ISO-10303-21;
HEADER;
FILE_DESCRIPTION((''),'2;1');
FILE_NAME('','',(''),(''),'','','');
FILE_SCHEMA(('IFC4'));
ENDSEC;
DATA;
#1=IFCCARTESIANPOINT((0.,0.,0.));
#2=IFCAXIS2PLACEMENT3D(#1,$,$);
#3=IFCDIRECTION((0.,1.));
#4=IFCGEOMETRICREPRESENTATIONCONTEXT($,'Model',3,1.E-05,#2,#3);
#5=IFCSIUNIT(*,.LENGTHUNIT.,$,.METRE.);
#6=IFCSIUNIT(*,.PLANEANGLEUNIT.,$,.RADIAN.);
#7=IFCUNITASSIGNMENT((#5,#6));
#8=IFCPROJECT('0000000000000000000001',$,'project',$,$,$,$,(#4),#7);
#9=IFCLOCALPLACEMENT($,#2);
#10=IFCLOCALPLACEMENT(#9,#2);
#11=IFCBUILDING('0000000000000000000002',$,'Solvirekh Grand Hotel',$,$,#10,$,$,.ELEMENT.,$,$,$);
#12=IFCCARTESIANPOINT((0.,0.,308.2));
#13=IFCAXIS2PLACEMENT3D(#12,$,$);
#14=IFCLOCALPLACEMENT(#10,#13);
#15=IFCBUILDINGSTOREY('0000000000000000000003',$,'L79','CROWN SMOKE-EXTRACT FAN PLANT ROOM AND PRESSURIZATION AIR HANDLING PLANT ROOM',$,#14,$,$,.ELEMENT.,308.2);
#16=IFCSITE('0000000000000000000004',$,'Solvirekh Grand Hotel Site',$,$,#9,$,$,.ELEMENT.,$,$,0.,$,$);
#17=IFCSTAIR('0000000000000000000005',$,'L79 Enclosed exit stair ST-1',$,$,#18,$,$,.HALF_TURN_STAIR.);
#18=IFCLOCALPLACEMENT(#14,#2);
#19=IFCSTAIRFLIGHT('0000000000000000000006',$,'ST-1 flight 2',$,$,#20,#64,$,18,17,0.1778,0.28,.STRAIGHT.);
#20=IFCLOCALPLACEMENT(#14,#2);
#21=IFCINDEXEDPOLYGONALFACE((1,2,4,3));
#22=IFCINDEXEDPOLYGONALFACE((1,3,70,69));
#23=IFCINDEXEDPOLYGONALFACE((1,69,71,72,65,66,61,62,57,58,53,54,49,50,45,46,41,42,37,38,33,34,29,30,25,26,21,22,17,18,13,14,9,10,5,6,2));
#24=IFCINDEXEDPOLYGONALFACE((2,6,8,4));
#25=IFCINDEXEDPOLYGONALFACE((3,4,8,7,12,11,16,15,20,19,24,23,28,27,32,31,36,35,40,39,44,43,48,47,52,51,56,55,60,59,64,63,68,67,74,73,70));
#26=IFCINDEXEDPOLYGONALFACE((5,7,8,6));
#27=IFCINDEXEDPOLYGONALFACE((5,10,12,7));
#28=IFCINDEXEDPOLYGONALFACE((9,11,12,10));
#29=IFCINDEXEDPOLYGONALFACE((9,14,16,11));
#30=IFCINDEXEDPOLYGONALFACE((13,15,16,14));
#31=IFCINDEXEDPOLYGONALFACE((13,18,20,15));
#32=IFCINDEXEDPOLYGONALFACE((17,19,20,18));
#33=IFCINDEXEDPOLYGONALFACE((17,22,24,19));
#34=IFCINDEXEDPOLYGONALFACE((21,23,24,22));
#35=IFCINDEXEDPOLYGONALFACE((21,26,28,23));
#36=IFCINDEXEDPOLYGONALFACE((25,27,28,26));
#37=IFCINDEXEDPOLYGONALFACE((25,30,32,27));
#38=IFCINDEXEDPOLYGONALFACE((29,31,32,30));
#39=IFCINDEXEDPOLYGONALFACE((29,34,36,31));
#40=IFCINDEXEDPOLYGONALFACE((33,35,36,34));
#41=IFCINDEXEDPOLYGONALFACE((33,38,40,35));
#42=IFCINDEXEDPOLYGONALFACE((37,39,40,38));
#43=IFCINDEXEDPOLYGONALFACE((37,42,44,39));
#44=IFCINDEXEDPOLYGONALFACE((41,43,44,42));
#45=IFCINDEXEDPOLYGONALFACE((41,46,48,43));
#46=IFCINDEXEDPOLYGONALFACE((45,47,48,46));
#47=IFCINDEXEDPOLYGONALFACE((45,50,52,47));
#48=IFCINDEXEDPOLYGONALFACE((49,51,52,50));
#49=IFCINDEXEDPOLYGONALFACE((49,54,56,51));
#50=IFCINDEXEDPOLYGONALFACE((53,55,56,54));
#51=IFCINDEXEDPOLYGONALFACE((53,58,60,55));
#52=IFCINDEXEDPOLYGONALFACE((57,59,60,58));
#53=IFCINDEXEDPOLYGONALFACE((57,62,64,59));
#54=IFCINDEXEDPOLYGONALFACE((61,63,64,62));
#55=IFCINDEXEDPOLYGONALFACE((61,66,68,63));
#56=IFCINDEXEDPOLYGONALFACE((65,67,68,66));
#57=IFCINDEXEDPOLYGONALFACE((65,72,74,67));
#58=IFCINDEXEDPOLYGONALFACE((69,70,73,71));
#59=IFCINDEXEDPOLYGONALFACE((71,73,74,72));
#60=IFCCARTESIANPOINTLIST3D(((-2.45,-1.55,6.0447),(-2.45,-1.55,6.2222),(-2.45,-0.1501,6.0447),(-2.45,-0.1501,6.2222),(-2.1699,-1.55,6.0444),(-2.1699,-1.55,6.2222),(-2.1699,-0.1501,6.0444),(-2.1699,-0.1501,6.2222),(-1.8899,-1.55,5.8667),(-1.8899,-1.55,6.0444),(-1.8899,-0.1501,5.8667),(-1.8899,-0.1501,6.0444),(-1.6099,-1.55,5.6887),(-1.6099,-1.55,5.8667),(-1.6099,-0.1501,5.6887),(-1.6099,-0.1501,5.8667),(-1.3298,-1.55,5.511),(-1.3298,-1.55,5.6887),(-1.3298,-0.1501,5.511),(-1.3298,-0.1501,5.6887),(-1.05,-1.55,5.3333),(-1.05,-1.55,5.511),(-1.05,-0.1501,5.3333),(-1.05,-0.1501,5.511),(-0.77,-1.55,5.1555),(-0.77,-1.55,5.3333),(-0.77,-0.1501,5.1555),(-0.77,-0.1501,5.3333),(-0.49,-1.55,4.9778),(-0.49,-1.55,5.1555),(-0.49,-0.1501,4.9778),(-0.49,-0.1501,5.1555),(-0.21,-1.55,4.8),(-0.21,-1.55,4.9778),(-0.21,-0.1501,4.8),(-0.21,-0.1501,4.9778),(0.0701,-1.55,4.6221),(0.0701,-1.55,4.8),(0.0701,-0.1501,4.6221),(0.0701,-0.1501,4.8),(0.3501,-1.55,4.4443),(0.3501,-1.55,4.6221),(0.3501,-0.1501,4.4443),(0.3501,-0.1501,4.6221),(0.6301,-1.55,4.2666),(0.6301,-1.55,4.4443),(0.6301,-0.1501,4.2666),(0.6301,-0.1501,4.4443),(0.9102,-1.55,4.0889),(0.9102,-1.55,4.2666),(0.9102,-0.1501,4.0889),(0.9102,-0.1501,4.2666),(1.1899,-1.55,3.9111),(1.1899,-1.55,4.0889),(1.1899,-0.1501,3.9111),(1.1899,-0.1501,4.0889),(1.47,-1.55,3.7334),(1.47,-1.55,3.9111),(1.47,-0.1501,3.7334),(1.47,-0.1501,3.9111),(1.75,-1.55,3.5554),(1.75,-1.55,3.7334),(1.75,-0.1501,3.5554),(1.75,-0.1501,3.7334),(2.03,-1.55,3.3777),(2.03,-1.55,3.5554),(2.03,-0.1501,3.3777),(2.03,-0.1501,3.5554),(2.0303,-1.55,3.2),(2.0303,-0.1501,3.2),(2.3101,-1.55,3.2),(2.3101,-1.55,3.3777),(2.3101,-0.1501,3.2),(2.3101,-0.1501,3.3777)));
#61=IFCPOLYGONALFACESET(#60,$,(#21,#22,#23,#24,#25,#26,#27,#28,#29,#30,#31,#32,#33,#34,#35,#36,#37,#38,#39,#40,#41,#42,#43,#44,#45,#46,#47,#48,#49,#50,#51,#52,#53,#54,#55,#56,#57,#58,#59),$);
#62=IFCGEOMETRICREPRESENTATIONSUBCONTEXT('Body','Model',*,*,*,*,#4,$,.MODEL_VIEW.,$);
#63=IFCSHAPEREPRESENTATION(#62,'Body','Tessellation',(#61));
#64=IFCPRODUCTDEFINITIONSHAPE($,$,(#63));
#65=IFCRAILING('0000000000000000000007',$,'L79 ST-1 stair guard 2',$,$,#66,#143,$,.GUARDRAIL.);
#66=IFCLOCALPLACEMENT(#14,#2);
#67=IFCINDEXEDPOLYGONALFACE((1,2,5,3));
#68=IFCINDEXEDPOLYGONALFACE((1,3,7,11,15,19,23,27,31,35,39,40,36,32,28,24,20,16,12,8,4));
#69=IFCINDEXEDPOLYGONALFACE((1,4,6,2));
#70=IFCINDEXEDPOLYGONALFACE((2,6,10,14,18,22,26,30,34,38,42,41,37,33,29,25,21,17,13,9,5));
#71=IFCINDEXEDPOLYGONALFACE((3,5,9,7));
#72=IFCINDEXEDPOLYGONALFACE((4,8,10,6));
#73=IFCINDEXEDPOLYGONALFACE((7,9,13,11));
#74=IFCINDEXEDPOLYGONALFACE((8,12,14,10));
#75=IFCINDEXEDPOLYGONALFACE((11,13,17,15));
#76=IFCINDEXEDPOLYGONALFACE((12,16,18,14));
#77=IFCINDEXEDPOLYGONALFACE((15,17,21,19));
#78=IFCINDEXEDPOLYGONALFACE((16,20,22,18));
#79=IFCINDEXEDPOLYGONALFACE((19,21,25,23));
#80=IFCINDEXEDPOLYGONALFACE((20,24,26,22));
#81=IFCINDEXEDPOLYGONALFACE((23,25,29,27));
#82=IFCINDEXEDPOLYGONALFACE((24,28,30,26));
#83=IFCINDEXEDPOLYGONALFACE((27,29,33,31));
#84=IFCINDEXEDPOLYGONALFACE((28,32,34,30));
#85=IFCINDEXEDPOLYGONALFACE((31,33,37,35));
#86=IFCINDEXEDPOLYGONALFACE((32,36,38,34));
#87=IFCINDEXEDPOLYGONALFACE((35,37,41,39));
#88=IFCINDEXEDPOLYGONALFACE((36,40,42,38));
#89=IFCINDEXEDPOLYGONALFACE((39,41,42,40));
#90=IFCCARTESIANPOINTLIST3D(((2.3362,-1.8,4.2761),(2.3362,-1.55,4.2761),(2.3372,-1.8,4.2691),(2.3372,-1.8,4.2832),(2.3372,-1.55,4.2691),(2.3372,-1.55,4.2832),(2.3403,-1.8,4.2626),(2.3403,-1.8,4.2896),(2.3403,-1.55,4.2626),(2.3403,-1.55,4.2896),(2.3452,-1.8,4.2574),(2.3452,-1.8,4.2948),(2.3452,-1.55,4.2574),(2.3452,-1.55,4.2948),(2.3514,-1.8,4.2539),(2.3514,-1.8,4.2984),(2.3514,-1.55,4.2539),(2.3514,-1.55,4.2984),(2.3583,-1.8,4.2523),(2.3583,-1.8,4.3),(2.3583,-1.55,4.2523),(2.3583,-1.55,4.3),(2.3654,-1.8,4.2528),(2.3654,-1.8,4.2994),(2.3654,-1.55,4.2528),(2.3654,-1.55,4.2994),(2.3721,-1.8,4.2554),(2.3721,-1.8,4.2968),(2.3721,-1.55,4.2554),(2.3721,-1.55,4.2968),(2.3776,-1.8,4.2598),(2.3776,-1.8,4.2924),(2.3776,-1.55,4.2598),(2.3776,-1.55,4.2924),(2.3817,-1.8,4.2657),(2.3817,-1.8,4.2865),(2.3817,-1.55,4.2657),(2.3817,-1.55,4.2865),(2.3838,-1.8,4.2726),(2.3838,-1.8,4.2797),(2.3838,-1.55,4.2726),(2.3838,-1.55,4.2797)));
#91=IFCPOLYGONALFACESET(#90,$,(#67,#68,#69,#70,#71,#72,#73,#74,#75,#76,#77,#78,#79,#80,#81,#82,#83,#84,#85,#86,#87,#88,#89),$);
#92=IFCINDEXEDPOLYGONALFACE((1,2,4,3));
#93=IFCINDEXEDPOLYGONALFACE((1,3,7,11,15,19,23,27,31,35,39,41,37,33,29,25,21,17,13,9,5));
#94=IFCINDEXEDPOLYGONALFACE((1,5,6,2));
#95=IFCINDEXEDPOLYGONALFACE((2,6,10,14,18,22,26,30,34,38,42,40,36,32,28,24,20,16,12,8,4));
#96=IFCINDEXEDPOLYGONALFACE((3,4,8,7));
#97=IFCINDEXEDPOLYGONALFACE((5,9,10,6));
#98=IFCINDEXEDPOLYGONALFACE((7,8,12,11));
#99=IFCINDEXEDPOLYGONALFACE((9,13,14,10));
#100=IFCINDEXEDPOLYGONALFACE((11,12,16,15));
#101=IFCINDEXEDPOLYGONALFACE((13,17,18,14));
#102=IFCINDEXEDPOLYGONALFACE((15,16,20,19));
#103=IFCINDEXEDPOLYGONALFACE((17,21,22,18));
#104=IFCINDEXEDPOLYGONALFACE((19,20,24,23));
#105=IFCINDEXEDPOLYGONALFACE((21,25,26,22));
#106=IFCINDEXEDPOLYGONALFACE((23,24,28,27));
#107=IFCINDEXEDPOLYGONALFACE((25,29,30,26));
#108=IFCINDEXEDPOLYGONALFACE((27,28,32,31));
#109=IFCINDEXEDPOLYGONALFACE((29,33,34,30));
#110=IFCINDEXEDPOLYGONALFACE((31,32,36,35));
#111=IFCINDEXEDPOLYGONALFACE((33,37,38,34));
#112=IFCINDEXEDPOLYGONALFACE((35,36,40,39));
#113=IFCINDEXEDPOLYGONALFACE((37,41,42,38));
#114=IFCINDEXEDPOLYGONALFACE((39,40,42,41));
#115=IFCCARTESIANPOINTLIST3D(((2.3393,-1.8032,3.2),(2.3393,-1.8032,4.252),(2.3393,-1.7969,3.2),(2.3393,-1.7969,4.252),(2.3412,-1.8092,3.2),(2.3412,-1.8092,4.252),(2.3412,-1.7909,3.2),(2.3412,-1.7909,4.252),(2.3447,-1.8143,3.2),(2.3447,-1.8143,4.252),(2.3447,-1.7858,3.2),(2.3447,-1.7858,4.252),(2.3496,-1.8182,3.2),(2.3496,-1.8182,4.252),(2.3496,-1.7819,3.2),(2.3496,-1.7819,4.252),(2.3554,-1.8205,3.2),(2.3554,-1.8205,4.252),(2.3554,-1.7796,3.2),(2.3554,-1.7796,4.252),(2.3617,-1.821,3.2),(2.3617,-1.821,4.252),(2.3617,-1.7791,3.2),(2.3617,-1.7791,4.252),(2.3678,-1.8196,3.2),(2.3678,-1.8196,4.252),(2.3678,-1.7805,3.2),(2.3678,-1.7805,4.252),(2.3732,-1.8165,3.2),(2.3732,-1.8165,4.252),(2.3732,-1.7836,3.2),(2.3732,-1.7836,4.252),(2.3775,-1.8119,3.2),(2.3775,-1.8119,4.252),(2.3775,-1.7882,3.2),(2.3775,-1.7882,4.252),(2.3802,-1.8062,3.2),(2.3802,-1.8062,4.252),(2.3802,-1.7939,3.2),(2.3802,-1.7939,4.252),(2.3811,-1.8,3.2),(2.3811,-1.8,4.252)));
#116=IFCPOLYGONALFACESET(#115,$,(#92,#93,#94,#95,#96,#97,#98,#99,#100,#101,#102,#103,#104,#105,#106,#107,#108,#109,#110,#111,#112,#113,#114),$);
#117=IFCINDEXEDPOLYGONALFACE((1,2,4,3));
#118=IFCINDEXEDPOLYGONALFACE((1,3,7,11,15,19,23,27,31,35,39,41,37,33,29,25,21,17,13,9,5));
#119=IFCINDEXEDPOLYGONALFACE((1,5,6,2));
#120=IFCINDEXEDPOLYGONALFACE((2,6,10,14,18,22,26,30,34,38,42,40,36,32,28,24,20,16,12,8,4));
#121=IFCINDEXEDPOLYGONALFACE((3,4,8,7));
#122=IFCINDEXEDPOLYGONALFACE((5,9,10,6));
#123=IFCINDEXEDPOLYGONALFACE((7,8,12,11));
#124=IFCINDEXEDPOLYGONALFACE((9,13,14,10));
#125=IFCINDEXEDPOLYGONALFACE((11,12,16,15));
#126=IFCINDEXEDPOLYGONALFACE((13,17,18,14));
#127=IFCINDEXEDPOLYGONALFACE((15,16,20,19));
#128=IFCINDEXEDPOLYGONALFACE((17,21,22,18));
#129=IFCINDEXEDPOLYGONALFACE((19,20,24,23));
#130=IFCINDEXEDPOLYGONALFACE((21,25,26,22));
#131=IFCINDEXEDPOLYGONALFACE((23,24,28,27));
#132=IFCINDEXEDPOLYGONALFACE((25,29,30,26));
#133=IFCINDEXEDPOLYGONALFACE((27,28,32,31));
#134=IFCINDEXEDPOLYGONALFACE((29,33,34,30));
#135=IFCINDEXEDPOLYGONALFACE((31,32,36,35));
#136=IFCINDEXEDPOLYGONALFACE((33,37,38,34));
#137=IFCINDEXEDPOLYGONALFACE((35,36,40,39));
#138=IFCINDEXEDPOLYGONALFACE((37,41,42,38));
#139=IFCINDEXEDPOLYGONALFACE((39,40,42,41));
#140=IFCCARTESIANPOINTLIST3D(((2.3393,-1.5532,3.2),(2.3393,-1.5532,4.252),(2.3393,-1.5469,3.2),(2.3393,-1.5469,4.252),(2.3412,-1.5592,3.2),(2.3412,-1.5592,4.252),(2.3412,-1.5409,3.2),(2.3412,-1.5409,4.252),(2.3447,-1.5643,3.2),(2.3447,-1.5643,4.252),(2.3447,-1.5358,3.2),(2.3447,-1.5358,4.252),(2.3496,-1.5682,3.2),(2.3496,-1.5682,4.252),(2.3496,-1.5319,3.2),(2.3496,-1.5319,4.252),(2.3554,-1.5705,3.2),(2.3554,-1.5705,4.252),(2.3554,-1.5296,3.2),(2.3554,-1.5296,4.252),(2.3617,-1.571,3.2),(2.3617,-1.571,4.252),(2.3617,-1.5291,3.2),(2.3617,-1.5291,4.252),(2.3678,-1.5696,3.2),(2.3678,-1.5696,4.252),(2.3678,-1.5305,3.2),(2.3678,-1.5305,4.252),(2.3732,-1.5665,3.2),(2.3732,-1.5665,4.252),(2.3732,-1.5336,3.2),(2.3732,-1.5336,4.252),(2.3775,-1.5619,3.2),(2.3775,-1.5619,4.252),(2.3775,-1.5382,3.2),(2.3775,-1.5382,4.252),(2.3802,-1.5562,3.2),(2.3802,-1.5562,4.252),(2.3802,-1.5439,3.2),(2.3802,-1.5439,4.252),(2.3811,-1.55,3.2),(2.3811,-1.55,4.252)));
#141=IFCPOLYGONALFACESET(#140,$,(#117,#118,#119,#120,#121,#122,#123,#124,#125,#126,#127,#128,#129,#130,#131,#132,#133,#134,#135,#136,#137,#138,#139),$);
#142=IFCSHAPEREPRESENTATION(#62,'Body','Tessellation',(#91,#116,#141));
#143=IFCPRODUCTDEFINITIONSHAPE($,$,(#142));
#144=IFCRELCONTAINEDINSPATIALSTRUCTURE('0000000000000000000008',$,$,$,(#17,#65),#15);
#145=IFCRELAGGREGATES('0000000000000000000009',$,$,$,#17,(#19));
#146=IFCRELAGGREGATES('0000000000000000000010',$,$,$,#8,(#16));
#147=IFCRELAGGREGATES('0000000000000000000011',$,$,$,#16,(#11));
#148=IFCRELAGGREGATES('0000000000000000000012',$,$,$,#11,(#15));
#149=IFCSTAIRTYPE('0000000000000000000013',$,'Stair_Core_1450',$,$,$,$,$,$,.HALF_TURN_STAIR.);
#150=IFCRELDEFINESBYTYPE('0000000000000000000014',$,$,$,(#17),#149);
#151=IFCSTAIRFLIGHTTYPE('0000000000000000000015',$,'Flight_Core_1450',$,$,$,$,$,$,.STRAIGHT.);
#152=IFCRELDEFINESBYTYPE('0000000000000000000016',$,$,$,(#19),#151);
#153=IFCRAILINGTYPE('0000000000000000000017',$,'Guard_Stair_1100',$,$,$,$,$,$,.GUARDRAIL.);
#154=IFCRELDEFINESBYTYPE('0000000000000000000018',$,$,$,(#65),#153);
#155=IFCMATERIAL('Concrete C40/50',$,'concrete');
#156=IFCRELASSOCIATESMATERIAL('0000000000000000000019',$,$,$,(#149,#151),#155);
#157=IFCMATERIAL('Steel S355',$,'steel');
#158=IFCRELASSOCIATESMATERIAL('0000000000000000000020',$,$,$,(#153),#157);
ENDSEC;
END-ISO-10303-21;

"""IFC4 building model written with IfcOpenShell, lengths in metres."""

from ifc_helpers import new_model, si_unit, direction, frame, origin, origin_2d, place, context, subcontext, project, spatial, polyline, circle, outline, extrude, material, type_object, element, aggregate, save


model = new_model("IFC4")

# Units and contexts
model_context = context("Model", 3, precision=1e-05, world=origin(), true_north=direction((0.0, 1.0)))
body_context = subcontext(model_context, "Body", "Model", "MODEL_VIEW")
ifc_project = project(units=[si_unit("LENGTHUNIT", "METRE"), si_unit("PLANEANGLEUNIT", "RADIAN")], contexts=[model_context])

# Site, building, storey
site_placement = place(None, origin())
site = spatial("IfcSite", under=ifc_project, at=site_placement, Name="Solvirekh Grand Hotel Site", CompositionType="ELEMENT", RefElevation=0.0)
building_placement = place(site_placement, origin())
building = spatial("IfcBuilding", under=site, at=building_placement, Name="Solvirekh Grand Hotel", CompositionType="ELEMENT")
storey_placement = place(building_placement, frame((0.0, 0.0, 308.2)))
storey = spatial("IfcBuildingStorey", under=building, at=storey_placement, Name="L79", Description="CROWN SMOKE-EXTRACT FAN PLANT ROOM AND PRESSURIZATION AIR HANDLING PLANT ROOM", CompositionType="ELEMENT", Elevation=308.2)

# Shared definitions
ifc_material_1 = material(Name="Steel S355", Category="steel")

# Shared definitions
ifc_material_2 = material(Name="Concrete C40/50", Category="concrete")

# Stair, stair flight
stair_type = type_object("IfcStairType", Name="Stair_Core_1450", PredefinedType="HALF_TURN_STAIR", material=ifc_material_2)
stair_placement = place(storey_placement, origin())
stair = element("IfcStair", 1, at=stair_placement, inside=storey, type_object=stair_type, Name="L79 Enclosed exit stair ST-1", PredefinedType="HALF_TURN_STAIR")
stair_flight_type = type_object("IfcStairFlightType", Name="Flight_Core_1450", PredefinedType="STRAIGHT", material=ifc_material_2)
stair_flight_placement = place(storey_placement, frame((2.3101, -0.8501, 3.2), z_axis=(0.0, 0.0, 1.0), x_axis=(-1.0, 0.0, 0.0)))
stair_flight = element("IfcStairFlight", 2, at=stair_flight_placement, type_object=stair_flight_type, Name="ST-1 flight 2", NumberOfRisers=18, NumberOfTreads=17, PredefinedType="STRAIGHT", RiserHeight=0.1778, TreadLength=0.28, context=body_context, shape_type="SweptSolid", body=[
    extrude(outline(polyline([(0.0, 0.0), (0.0, 0.1777), (0.28, 0.1777), (0.28, 0.3555), (0.5601, 0.3555), (0.5601, 0.5334), (0.8401, 0.5334), (0.8401, 0.7112), (1.1201, 0.7112), (1.1201, 0.8889), (1.3999, 0.8889), (1.3999, 1.0667), (1.6799, 1.0667), (1.6799, 1.2444), (1.96, 1.2444), (1.96, 1.4221), (2.24, 1.4221), (2.24, 1.6001), (2.52, 1.6001), (2.52, 1.7778), (2.8, 1.7778), (2.8, 1.9556), (3.0801, 1.9556), (3.0801, 2.1333), (3.3601, 2.1333), (3.3601, 2.311), (3.6399, 2.311), (3.6399, 2.4888), (3.9199, 2.4888), (3.9199, 2.6667), (4.2, 2.6667), (4.2, 2.8445), (4.48, 2.8445), (4.48, 3.0222), (4.76, 3.0222), (4.76, 3.2), (4.76, 2.8447), (0.2798, 0.0), (0.0, 0.0)])), frame((0.0, 0.7, 0.0), z_axis=(0.0, -1.0, 0.0), x_axis=(1.0, 0.0, 0.0)), (0.0, 0.0, 1.0), 1.3999),
])
aggregate(stair, [stair_flight])

# Railing
railing_type_1 = type_object("IfcRailingType", Name="Guard_Stair_1100", PredefinedType="GUARDRAIL", material=ifc_material_1)
railing_1_placement = place(storey_placement, frame((2.3601, -1.8, 3.2)))
element("IfcRailing", 3, at=railing_1_placement, inside=storey, type_object=railing_type_1, Name="L79 ST-1 stair guard 2", PredefinedType="GUARDRAIL", context=body_context, shape_type="SweptSolid", body=[
    extrude(circle(Radius=0.0239, at=origin_2d()), frame((0.0, 0.0, 1.0762), z_axis=(0.0, 1.0, 0.0), x_axis=(-1.0, 0.0, 0.0)), (0.0, 0.0, 1.0), 0.25),
    extrude(circle(Radius=0.021, at=origin_2d()), origin(), (0.0, 0.0, 1.0), 1.052),
    extrude(circle(Radius=0.021, at=origin_2d()), frame((0.0, 0.25, 0.0)), (0.0, 0.0, 1.0), 1.052),
])

save(model, "model.ifc")
